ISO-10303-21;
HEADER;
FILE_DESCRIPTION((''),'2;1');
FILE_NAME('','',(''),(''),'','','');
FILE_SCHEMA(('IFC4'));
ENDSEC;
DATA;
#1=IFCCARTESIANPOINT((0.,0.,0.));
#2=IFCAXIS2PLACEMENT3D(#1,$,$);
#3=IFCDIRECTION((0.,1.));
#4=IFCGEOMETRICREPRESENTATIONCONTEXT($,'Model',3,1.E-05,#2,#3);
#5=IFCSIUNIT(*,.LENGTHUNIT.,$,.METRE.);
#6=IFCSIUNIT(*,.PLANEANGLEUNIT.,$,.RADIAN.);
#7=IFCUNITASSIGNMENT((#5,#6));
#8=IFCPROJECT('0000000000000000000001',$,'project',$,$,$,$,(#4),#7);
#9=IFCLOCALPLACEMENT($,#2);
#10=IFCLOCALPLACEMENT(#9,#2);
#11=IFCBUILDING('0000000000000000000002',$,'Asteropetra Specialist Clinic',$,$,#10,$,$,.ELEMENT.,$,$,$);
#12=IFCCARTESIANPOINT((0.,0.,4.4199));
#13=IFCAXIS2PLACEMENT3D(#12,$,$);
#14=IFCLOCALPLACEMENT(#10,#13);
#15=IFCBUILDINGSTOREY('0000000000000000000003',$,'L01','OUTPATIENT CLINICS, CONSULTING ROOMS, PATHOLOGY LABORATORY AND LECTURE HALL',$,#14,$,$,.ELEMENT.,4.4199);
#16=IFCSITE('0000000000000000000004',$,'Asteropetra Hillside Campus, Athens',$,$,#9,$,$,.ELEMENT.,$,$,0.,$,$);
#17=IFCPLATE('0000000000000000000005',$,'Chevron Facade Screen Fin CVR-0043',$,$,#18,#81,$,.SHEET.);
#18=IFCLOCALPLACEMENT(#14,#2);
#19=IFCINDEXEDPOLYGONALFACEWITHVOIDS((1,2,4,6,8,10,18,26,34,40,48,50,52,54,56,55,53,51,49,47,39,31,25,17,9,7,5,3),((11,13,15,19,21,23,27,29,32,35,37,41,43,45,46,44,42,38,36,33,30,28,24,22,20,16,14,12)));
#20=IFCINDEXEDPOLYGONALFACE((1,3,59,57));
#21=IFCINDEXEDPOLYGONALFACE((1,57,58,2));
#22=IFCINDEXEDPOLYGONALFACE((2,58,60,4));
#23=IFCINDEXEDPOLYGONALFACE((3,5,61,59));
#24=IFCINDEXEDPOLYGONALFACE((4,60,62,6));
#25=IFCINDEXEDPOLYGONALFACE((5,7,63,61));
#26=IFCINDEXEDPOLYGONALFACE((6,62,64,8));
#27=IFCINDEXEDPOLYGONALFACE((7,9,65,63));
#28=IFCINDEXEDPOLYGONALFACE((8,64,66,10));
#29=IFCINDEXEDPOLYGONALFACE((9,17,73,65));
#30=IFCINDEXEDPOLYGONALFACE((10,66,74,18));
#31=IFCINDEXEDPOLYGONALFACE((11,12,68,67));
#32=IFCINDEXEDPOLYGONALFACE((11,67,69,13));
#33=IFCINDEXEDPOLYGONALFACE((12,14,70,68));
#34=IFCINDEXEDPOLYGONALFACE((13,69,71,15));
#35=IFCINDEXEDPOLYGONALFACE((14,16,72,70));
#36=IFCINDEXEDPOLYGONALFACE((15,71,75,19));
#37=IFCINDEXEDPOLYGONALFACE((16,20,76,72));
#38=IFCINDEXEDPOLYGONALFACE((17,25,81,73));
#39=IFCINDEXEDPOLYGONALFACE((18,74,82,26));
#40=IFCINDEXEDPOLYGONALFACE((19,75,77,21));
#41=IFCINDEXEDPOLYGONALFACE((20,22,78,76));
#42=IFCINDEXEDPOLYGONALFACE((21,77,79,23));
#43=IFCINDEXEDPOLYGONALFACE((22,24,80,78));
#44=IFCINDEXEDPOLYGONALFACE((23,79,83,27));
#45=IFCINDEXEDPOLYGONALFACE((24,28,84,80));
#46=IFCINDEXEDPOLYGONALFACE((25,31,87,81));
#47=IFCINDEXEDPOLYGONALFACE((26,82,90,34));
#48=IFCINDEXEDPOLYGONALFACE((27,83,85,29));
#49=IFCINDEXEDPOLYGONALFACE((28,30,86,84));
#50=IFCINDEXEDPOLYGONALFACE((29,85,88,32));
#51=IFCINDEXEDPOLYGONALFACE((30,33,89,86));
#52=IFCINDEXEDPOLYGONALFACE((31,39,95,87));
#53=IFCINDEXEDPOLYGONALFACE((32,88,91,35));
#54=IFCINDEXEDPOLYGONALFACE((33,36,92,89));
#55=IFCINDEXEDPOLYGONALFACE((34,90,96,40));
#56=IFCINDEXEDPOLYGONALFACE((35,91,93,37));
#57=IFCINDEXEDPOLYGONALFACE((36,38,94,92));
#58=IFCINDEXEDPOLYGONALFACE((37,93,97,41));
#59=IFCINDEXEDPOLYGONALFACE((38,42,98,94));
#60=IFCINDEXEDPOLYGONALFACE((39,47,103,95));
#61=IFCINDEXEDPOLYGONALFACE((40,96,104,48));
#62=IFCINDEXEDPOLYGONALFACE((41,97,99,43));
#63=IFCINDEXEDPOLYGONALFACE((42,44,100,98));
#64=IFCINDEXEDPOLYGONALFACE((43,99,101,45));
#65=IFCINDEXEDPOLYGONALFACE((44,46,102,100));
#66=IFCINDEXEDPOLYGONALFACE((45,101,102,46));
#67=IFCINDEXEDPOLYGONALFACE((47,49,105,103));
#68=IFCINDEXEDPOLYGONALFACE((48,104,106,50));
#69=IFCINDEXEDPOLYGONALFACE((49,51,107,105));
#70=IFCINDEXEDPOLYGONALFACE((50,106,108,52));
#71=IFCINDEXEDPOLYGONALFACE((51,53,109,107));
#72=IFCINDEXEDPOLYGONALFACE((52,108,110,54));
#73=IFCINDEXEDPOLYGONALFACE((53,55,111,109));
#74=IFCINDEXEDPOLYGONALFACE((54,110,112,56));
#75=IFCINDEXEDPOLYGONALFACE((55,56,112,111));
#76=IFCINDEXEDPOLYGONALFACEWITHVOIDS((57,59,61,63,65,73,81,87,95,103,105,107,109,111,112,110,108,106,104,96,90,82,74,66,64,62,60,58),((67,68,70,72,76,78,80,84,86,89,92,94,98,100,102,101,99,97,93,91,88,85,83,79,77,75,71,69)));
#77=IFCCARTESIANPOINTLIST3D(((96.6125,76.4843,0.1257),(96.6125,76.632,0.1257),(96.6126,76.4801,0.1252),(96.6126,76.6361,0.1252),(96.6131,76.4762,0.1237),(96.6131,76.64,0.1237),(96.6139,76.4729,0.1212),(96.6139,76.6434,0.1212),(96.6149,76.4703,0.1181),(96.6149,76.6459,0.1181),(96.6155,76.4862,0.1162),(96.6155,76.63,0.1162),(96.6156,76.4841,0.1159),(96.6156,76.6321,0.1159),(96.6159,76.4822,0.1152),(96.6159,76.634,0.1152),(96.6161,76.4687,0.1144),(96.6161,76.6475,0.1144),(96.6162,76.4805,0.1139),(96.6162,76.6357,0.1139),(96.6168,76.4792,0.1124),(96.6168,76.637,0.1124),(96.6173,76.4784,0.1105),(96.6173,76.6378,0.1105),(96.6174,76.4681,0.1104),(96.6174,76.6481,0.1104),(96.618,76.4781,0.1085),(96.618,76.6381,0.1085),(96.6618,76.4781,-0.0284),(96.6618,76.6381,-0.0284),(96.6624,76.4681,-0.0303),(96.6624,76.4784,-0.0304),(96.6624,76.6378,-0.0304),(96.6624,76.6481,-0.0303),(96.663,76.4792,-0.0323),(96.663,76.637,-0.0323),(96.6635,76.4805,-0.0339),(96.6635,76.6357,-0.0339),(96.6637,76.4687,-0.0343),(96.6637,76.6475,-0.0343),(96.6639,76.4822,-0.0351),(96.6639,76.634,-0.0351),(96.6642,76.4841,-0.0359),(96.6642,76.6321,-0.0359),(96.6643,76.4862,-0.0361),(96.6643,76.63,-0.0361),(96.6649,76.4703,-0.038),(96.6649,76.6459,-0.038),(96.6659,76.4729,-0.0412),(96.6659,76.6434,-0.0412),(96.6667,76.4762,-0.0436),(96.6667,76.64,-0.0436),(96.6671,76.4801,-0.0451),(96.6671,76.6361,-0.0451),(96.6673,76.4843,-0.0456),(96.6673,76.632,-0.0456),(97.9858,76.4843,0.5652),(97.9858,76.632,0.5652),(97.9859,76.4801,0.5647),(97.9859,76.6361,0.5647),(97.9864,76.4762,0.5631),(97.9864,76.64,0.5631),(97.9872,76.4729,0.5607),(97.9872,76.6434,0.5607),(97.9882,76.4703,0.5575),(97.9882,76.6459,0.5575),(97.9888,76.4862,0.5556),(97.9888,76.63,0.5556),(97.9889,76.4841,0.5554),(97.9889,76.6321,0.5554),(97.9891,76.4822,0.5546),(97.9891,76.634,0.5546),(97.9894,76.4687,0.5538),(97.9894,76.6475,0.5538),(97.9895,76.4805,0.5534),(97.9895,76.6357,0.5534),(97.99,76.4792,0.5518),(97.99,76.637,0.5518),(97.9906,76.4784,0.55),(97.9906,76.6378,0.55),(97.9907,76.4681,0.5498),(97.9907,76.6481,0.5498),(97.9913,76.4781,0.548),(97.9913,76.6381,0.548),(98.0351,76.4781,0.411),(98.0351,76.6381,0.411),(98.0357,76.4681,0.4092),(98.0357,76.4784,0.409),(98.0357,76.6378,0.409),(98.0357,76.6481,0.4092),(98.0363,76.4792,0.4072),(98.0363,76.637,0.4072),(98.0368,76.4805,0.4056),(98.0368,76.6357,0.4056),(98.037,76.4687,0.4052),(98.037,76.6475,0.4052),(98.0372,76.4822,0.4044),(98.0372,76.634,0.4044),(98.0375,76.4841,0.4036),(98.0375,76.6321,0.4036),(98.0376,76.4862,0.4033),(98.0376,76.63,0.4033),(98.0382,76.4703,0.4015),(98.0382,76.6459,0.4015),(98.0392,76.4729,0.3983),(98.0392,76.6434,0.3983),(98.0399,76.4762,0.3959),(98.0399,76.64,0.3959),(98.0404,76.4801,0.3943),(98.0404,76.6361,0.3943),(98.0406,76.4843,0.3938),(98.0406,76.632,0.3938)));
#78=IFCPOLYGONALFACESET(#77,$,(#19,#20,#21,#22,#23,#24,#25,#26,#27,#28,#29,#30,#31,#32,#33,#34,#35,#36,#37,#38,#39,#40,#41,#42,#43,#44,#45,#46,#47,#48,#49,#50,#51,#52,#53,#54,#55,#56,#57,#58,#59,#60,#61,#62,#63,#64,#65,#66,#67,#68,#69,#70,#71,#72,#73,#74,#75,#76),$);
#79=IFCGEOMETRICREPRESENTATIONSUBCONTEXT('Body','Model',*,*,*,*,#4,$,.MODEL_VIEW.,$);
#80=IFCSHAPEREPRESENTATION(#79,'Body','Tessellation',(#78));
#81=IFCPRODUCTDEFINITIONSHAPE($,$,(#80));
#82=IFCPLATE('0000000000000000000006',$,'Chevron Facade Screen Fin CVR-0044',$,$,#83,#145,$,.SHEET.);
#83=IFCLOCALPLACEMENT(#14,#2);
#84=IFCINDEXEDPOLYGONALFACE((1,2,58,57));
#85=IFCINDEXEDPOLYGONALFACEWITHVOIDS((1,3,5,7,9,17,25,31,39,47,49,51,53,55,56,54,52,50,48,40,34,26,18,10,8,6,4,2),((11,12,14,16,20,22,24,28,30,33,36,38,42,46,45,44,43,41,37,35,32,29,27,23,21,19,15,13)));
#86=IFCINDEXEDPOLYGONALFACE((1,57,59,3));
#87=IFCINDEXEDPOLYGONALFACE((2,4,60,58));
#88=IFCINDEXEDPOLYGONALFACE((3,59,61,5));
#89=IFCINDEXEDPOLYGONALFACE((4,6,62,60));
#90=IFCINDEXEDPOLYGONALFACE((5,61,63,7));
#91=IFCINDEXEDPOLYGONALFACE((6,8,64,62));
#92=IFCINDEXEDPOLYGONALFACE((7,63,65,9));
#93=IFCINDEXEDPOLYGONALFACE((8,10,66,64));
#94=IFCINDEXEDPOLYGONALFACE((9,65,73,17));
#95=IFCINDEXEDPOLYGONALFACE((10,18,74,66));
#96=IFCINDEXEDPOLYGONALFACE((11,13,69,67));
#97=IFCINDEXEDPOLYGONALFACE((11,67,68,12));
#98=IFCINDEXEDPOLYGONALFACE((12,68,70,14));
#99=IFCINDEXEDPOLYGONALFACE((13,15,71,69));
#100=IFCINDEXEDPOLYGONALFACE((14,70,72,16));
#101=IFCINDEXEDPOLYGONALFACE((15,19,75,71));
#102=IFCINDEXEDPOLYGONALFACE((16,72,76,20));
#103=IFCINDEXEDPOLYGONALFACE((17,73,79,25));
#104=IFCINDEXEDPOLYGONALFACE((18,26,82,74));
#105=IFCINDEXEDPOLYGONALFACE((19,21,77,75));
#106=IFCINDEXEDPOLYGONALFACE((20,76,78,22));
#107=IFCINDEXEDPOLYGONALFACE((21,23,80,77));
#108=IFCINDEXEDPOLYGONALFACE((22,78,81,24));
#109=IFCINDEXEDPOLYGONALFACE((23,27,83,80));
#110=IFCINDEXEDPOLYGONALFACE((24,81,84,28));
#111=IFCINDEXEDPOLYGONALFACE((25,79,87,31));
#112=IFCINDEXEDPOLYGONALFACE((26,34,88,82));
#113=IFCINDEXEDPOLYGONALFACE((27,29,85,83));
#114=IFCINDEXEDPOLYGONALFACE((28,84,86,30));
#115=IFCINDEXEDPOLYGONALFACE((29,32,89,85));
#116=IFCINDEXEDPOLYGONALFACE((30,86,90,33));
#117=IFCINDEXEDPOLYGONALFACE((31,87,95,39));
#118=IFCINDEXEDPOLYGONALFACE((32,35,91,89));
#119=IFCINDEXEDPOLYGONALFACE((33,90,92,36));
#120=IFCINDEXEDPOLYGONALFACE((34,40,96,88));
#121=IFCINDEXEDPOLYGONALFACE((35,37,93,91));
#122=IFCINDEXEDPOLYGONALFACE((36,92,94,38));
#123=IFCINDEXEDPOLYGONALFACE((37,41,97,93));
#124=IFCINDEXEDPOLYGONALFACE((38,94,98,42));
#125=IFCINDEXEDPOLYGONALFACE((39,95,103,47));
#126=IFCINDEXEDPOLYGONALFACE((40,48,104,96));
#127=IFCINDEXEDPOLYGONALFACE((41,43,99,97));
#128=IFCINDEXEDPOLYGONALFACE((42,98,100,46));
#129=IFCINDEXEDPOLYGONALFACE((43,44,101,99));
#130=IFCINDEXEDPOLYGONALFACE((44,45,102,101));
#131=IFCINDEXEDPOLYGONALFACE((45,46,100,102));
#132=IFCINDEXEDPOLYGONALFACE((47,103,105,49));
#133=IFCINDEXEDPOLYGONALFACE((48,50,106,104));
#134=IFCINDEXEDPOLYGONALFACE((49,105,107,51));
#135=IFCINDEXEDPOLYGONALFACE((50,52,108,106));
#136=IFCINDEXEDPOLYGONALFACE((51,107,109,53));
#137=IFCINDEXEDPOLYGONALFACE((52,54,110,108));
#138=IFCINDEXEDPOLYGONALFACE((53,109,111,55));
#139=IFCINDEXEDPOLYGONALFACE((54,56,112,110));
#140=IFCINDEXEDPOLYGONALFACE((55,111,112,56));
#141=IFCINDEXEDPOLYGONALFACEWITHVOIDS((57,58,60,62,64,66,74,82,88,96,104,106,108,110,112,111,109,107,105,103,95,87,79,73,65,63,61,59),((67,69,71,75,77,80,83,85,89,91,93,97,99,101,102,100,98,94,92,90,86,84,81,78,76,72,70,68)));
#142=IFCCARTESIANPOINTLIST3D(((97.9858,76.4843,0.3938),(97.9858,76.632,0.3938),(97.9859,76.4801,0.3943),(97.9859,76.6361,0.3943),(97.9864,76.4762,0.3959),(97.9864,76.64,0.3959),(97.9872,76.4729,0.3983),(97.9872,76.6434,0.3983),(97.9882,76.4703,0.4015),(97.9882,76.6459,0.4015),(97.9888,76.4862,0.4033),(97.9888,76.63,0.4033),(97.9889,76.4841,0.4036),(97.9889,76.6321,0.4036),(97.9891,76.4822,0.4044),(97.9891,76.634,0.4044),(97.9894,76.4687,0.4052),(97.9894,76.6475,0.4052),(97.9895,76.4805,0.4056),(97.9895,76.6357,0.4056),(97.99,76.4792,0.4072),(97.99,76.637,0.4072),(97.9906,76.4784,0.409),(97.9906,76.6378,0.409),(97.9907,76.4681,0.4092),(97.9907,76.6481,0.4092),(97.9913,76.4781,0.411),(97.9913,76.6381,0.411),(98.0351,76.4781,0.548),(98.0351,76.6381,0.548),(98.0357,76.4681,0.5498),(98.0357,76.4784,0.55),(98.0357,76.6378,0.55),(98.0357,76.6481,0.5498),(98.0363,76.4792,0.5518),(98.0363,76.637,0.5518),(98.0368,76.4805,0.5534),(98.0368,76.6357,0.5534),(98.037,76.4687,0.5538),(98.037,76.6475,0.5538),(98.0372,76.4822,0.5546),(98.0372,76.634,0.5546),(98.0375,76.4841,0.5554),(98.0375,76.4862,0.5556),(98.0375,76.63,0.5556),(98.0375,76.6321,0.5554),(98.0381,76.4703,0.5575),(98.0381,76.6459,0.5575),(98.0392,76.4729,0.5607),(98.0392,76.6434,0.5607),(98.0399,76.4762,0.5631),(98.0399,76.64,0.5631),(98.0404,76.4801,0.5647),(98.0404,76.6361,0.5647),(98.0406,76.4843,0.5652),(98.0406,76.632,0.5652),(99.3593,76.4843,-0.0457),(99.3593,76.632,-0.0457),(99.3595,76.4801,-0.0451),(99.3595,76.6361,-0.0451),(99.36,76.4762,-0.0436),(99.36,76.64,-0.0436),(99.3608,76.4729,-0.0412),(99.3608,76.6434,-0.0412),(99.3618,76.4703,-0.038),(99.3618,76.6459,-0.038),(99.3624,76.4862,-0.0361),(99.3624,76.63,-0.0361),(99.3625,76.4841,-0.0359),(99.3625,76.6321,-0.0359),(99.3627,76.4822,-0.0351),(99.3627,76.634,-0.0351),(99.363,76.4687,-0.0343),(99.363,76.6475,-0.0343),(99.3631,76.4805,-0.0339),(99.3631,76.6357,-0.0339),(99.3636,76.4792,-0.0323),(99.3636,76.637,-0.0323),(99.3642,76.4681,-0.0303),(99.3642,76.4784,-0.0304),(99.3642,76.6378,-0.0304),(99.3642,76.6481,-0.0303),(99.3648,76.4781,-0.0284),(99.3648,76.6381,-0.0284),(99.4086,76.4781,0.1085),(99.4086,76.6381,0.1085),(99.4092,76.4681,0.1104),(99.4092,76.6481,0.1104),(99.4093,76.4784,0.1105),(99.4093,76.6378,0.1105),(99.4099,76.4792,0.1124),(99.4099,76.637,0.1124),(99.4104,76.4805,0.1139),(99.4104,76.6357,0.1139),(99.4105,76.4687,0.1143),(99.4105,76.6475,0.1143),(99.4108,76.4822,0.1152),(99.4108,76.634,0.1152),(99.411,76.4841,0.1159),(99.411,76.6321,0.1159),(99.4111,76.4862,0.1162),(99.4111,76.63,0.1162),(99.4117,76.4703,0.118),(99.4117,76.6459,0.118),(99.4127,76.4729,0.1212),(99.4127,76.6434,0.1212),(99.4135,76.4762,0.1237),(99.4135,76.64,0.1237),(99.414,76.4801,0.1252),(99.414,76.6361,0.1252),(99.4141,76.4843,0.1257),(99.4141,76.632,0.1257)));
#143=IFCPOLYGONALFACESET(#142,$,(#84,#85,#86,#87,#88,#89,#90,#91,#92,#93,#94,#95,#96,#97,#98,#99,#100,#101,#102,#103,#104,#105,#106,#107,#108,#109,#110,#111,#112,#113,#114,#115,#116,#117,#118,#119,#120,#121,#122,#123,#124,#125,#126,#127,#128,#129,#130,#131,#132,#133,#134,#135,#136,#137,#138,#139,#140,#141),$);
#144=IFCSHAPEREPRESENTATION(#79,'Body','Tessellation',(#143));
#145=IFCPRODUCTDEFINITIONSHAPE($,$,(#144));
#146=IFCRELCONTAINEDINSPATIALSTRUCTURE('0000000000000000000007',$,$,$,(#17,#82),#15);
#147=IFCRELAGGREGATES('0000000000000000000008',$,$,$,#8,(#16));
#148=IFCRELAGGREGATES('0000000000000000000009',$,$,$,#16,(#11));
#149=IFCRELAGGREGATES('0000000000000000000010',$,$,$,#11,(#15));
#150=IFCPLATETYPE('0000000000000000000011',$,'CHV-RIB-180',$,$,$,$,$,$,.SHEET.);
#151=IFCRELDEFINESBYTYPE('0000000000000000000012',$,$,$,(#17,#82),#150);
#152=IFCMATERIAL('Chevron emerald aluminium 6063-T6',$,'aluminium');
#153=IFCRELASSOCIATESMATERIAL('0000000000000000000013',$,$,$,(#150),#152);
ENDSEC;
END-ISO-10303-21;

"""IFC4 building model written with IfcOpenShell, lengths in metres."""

from ifc_helpers import new_model, si_unit, direction, frame, origin, origin_2d, place, context, subcontext, project, spatial, hollow_rectangle, extrude, material, material_profile, profile_set, type_object, element, save


model = new_model("IFC4")

# Units and contexts
model_context = context("Model", 3, precision=1e-05, world=origin(), true_north=direction((0.0, 1.0)))
body_context = subcontext(model_context, "Body", "Model", "MODEL_VIEW")
ifc_project = project(units=[si_unit("LENGTHUNIT", "METRE"), si_unit("PLANEANGLEUNIT", "RADIAN")], contexts=[model_context])

# Site, building, storey
site_placement = place(None, origin())
site = spatial("IfcSite", under=ifc_project, at=site_placement, Name="Asteropetra Hillside Campus, Athens", CompositionType="ELEMENT", RefElevation=0.0)
building_placement = place(site_placement, origin())
building = spatial("IfcBuilding", under=site, at=building_placement, Name="Asteropetra Specialist Clinic", CompositionType="ELEMENT")
storey_placement = place(building_placement, frame((0.0, 0.0, 4.4199)))
storey = spatial("IfcBuildingStorey", under=building, at=storey_placement, Name="L01", Description="OUTPATIENT CLINICS, CONSULTING ROOMS, PATHOLOGY LABORATORY AND LECTURE HALL", CompositionType="ELEMENT", Elevation=4.4199)

# Plates
ifc_material_1 = material(Name="Chevron emerald aluminium 6063-T6", Category="aluminium")
ifc_material_profile_1 = material_profile(ifc_material_1, hollow_rectangle(XDim=0.1799, YDim=0.1799, WallThickness=0.01, InnerFilletRadius=0.0081, OuterFilletRadius=0.0161, at=origin_2d()), Name="SHS 180x180x10.0")
ifc_profile_set_1 = profile_set([ifc_material_profile_1], Name="Chevron emerald aluminium 6063-T6")
plate_type_1 = type_object("IfcPlateType", Name="CHV-RIB-180", PredefinedType="SHEET", material=ifc_profile_set_1)
plate_1_placement = place(storey_placement, frame((96.6399, 76.5581, 0.04), z_axis=(0.952424, 0.0, 0.304776), x_axis=(0.0, 1.0, 0.0)))
element("IfcPlate", 1, at=plate_1_placement, inside=storey, type_object=plate_type_1, Name="Chevron Facade Screen Fin CVR-0043", PredefinedType="SHEET", context=body_context, shape_type="SweptSolid", body=[
    extrude(hollow_rectangle(XDim=0.1799, YDim=0.1799, WallThickness=0.01, InnerFilletRadius=0.0081, OuterFilletRadius=0.0161, at=origin_2d()), origin(), (0.0, 0.0, 1.0), 1.4419),
])
plate_2_placement = place(storey_placement, frame((98.0132, 76.5581, 0.4795), z_axis=(0.95244, 0.0, -0.304727), x_axis=(0.0, 1.0, 0.0)))
element("IfcPlate", 2, at=plate_2_placement, inside=storey, type_object=plate_type_1, Name="Chevron Facade Screen Fin CVR-0044", PredefinedType="SHEET", context=body_context, shape_type="SweptSolid", body=[
    extrude(hollow_rectangle(XDim=0.1799, YDim=0.1799, WallThickness=0.01, InnerFilletRadius=0.0081, OuterFilletRadius=0.0161, at=origin_2d()), origin(), (0.0, 0.0, 1.0), 1.4421),
])

save(model, "model.ifc")
